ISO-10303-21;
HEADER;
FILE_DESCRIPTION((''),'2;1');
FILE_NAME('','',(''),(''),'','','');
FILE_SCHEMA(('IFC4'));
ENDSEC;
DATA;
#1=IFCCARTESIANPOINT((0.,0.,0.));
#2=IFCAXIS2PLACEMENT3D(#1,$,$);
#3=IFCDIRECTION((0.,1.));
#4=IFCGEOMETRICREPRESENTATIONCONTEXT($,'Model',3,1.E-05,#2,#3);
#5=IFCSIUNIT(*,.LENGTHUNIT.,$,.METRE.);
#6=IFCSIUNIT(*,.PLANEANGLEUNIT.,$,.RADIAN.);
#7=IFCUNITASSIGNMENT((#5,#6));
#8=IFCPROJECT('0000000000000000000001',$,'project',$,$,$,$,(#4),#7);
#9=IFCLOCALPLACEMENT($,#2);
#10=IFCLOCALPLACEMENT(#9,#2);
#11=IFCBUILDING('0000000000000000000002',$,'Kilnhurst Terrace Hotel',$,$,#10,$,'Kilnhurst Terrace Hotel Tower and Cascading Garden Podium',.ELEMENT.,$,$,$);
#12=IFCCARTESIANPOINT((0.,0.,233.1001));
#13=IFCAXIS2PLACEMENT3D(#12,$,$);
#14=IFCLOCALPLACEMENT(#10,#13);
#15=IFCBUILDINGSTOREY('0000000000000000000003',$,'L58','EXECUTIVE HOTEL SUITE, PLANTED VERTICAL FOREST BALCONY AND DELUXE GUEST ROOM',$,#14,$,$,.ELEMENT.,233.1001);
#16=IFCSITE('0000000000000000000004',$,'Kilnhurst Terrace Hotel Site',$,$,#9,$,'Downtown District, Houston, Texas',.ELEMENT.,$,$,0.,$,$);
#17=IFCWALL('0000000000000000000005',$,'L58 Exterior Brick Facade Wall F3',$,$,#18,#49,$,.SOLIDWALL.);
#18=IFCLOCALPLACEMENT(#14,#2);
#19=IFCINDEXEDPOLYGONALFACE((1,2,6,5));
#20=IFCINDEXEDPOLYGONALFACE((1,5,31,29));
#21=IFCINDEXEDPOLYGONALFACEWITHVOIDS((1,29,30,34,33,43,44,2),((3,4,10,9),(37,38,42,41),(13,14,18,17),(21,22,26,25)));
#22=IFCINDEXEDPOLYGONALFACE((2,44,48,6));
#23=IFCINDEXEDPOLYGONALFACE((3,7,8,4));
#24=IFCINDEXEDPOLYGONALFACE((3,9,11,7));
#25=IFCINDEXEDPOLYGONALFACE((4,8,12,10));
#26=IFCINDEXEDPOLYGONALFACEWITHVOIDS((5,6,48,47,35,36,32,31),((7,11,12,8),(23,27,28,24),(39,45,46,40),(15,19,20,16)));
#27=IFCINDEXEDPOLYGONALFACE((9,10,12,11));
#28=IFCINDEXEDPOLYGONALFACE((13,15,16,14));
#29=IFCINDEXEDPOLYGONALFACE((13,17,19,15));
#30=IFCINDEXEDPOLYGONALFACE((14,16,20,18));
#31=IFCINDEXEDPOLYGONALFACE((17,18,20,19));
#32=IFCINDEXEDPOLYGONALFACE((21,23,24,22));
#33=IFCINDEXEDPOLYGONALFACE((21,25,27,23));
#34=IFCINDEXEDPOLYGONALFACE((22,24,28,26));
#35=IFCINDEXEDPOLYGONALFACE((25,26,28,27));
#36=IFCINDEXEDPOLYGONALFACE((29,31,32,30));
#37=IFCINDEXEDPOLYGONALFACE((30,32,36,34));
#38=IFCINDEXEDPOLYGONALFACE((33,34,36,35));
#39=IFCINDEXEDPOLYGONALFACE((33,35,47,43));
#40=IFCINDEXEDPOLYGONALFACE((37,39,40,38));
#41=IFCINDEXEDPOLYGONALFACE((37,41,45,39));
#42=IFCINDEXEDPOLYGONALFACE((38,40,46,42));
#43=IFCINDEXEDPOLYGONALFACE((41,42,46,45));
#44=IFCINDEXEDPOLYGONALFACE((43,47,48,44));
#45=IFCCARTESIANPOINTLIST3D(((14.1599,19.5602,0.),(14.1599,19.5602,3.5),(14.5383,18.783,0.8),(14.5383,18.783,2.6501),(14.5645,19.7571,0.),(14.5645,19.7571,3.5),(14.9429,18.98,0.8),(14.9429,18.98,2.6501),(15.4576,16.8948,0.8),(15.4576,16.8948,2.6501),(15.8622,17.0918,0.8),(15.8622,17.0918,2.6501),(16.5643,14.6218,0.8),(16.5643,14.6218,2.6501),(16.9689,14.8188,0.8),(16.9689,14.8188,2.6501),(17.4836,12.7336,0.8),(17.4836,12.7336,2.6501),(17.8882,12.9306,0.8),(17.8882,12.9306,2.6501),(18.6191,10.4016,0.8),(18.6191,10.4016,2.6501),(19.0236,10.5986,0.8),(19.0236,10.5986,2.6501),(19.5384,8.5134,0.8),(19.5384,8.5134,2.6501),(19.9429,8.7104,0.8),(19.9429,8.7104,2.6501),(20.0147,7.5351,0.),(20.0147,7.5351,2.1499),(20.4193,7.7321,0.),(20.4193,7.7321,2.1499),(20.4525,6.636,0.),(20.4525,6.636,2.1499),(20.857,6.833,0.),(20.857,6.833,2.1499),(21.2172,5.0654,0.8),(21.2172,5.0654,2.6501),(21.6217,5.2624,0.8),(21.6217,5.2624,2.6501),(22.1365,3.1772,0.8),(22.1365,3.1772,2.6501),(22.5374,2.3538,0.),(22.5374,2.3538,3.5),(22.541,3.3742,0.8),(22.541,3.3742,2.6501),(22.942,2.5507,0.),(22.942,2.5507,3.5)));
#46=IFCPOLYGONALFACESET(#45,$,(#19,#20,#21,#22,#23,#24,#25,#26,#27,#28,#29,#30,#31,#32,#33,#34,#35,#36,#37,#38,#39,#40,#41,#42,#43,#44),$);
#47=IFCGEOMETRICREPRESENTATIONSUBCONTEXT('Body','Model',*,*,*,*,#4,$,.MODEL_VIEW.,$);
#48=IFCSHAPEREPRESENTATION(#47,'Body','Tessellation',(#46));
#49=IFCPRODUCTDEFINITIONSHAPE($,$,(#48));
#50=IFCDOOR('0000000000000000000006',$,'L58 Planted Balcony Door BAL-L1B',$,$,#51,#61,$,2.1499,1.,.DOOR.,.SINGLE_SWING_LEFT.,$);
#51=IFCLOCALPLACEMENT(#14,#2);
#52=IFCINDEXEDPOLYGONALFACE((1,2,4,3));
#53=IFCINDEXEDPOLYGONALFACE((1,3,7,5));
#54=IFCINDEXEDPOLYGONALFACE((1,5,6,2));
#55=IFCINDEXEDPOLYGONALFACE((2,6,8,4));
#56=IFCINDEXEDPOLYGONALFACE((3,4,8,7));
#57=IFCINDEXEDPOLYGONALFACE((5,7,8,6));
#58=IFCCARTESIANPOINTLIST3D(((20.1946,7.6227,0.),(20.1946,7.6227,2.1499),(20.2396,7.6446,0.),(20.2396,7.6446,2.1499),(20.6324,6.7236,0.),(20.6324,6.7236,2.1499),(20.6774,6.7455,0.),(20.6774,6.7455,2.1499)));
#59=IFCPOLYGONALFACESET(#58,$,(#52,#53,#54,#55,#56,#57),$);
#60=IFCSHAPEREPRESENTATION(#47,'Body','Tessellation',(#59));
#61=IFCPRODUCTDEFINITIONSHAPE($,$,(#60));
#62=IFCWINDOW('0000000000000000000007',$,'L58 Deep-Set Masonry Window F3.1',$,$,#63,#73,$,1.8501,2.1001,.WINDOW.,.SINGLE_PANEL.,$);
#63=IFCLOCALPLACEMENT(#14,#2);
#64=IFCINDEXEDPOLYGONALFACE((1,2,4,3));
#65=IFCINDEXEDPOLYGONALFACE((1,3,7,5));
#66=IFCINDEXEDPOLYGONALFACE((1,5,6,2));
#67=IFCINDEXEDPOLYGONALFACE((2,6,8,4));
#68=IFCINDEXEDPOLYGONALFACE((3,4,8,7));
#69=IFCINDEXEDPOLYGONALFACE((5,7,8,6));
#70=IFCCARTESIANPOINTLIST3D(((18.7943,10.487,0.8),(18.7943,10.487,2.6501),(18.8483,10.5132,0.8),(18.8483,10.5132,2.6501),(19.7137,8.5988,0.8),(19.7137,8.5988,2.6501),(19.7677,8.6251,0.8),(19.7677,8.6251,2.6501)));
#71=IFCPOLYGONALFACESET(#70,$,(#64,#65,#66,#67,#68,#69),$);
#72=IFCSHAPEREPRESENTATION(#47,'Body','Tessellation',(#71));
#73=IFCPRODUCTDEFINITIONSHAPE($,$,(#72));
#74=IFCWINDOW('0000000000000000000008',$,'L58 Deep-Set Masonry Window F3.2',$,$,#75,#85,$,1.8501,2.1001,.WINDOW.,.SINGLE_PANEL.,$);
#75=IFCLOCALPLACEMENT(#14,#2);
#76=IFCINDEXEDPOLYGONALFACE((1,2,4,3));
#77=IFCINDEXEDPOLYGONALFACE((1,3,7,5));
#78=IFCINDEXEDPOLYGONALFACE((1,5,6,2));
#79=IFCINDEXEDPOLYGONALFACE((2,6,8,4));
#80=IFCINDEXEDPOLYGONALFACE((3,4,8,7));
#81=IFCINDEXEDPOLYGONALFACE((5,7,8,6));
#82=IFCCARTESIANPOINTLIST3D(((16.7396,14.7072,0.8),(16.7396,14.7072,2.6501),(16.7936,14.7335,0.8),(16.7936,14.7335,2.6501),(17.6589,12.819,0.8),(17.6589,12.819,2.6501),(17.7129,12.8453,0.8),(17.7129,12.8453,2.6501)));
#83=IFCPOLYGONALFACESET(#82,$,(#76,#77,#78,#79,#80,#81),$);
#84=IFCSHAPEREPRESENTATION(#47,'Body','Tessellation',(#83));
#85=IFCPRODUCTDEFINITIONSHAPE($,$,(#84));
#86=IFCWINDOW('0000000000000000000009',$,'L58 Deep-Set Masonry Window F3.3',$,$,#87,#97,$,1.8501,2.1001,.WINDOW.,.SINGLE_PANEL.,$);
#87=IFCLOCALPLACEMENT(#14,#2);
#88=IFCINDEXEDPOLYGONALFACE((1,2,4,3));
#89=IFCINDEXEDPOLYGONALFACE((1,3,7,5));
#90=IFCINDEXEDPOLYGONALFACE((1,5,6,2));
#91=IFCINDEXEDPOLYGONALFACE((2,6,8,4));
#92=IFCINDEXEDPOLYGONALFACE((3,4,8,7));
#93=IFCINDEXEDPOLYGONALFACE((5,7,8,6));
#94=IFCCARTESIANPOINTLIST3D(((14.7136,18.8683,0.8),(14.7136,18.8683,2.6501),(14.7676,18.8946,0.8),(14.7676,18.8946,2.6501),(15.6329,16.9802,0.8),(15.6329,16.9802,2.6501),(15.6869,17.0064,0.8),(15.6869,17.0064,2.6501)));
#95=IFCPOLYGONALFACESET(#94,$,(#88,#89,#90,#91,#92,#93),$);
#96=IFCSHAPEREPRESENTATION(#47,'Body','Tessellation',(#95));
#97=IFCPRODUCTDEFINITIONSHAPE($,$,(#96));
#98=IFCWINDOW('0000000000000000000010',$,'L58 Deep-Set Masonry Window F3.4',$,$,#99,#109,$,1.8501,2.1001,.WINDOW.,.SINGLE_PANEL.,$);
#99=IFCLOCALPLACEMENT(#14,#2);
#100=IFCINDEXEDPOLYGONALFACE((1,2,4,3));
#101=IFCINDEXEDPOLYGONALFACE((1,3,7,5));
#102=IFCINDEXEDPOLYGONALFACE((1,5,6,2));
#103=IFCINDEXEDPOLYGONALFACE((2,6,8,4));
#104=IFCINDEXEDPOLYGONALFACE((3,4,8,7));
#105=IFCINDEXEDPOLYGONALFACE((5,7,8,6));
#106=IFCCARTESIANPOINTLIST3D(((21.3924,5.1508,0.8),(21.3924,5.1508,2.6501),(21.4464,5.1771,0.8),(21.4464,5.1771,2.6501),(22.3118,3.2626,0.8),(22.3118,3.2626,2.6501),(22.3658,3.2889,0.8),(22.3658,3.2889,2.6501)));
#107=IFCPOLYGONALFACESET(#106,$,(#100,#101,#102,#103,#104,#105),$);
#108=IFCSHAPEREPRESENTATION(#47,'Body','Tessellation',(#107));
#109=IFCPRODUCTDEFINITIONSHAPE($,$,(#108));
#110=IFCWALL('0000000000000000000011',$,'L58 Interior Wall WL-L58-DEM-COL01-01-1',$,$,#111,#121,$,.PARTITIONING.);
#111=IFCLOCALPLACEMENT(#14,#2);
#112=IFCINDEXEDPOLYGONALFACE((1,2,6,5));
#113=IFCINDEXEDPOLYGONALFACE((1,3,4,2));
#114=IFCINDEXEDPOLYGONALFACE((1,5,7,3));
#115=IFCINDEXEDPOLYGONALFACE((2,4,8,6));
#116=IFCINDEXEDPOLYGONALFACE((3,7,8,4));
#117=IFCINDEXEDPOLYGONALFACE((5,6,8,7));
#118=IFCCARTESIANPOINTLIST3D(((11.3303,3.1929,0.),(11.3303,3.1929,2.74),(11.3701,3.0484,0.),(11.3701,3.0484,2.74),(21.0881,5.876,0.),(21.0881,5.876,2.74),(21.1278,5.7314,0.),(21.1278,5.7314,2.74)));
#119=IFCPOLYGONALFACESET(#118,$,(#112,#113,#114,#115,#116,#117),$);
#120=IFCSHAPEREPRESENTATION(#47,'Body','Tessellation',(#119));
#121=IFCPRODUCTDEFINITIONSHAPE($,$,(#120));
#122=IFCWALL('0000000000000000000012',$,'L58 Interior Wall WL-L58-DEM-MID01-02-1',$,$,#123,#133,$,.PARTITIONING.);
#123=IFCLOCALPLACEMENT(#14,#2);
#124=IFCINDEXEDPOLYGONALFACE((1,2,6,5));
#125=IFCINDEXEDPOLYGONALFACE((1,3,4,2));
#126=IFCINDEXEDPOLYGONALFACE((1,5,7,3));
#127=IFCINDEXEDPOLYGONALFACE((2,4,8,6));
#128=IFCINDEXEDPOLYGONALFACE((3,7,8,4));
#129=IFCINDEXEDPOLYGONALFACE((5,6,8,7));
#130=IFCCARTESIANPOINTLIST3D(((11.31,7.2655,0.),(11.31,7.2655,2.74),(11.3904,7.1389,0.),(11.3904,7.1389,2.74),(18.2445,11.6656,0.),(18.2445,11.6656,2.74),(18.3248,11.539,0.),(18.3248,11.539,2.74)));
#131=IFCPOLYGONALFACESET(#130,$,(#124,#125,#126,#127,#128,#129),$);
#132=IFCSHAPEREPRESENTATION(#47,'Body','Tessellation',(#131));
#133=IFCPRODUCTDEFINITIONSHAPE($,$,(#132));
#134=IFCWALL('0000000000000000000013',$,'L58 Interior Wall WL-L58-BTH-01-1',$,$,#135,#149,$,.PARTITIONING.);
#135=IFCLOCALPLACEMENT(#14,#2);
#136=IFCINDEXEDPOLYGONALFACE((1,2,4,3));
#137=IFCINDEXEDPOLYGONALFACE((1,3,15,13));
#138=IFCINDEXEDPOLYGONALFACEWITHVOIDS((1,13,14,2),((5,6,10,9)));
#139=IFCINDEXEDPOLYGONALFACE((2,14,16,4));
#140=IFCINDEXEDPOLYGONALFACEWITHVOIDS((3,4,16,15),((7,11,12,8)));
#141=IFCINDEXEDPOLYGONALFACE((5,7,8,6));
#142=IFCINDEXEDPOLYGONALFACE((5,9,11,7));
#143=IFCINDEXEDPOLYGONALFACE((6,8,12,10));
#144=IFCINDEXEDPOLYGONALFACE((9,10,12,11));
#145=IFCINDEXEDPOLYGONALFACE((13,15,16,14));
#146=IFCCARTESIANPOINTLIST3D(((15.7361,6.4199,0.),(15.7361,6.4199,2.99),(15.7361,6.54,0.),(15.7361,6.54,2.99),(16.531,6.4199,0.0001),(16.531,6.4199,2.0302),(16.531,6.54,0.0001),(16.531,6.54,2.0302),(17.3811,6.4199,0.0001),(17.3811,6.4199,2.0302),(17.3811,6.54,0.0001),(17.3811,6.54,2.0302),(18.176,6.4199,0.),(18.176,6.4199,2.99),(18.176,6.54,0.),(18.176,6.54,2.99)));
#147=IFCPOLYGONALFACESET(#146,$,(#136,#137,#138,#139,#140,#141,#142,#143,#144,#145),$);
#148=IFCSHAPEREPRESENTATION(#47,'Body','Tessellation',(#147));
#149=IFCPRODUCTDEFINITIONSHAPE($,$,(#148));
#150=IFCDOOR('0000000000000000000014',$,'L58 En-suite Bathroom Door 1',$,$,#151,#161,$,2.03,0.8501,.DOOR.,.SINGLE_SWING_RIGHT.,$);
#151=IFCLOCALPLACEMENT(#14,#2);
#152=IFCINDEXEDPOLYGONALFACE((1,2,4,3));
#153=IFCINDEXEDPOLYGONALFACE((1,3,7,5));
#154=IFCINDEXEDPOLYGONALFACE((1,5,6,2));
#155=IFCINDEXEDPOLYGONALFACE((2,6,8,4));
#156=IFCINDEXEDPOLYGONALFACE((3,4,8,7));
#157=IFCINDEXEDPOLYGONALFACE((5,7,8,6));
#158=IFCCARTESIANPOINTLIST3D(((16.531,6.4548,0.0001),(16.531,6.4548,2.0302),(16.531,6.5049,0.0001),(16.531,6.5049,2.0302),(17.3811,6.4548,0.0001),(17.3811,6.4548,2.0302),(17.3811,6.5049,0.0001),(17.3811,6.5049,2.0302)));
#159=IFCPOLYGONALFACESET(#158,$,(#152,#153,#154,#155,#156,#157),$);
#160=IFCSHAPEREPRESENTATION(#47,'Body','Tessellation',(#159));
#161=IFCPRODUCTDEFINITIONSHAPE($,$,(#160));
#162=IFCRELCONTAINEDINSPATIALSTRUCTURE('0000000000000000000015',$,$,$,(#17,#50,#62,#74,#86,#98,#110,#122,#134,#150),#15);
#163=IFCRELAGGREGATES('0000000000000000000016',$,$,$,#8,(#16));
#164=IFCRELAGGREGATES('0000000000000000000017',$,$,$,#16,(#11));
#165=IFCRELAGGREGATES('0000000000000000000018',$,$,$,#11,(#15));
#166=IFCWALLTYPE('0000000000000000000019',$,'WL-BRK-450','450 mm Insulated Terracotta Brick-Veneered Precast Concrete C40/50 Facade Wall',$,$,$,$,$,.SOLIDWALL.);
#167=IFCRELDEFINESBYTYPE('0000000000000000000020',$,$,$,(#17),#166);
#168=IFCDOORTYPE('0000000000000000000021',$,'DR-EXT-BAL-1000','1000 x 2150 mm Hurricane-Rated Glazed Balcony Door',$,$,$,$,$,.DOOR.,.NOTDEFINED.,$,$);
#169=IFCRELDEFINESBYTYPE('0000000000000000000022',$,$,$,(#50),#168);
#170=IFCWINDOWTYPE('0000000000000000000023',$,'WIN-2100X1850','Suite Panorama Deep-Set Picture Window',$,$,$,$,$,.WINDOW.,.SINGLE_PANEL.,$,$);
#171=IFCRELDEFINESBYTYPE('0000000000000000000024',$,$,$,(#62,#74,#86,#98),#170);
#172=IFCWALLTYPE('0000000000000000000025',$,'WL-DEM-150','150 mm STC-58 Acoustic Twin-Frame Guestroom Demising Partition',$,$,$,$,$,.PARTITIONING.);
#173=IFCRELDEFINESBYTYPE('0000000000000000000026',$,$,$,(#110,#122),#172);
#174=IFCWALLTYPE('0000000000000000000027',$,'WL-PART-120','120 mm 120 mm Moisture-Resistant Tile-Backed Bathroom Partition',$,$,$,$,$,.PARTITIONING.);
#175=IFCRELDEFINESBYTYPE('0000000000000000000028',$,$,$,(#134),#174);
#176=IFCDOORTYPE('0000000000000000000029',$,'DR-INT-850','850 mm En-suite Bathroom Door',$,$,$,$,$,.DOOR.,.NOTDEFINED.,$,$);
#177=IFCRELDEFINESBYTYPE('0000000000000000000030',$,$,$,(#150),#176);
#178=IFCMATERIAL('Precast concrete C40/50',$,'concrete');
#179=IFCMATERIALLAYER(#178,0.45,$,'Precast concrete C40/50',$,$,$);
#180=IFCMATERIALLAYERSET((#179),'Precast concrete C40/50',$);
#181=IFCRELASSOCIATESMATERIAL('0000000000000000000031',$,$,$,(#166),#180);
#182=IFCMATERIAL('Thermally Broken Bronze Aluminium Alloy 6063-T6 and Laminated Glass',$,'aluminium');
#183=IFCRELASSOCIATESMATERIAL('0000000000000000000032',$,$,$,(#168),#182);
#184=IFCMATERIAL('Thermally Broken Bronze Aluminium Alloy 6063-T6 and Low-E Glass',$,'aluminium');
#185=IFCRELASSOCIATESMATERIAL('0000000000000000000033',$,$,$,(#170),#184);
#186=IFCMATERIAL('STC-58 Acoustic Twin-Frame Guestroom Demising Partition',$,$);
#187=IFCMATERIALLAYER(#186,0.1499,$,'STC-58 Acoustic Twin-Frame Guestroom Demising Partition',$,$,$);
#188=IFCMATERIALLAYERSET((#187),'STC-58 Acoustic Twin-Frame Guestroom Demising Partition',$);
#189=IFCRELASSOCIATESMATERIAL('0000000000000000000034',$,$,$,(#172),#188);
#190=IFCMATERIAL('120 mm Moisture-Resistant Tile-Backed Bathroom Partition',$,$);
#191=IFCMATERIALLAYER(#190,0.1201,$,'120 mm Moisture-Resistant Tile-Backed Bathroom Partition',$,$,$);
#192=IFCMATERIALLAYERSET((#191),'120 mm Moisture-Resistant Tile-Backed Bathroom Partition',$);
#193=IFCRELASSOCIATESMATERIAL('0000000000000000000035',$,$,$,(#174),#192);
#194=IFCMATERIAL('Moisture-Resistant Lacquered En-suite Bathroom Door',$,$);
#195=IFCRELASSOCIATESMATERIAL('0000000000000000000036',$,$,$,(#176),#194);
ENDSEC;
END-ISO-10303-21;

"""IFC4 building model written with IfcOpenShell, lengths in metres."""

from ifc_helpers import new_model, si_unit, direction, frame, frame_2d, origin, place, context, subcontext, project, spatial, rectangle, extrude, material, layer, layer_set, type_object, element, fill, save


model = new_model("IFC4")

# Units and contexts
model_context = context("Model", 3, precision=1e-05, world=origin(), true_north=direction((0.0, 1.0)))
body_context = subcontext(model_context, "Body", "Model", "MODEL_VIEW")
ifc_project = project(units=[si_unit("LENGTHUNIT", "METRE"), si_unit("PLANEANGLEUNIT", "RADIAN")], contexts=[model_context])

# Site, building, storey
site_placement = place(None, origin())
site = spatial("IfcSite", under=ifc_project, at=site_placement, Name="Kilnhurst Terrace Hotel Site", LongName="Downtown District, Houston, Texas", CompositionType="ELEMENT", RefElevation=0.0)
building_placement = place(site_placement, origin())
building = spatial("IfcBuilding", under=site, at=building_placement, Name="Kilnhurst Terrace Hotel", LongName="Kilnhurst Terrace Hotel Tower and Cascading Garden Podium", CompositionType="ELEMENT")
storey_placement = place(building_placement, frame((0.0, 0.0, 233.1001)))
storey = spatial("IfcBuildingStorey", under=building, at=storey_placement, Name="L58", Description="EXECUTIVE HOTEL SUITE, PLANTED VERTICAL FOREST BALCONY AND DELUXE GUEST ROOM", CompositionType="ELEMENT", Elevation=233.1001)

# Shared definitions
ifc_material_1 = material(Name="Precast concrete C40/50", Category="concrete")
ifc_layer_1 = layer(ifc_material_1, 0.45, Name="Precast concrete C40/50")
ifc_layer_set_1 = layer_set([ifc_layer_1], Name="Precast concrete C40/50")
wall_type_1 = type_object("IfcWallType", Name="WL-BRK-450", Description="450 mm Insulated Terracotta Brick-Veneered Precast Concrete C40/50 Facade Wall", PredefinedType="SOLIDWALL", material=ifc_layer_set_1)

# Wall, openings, door, windows
wall_1_placement = place(storey_placement, frame((22.7397, 2.4521, 0.0), z_axis=(0.0, 0.0, 1.0), x_axis=(-0.437753, 0.899095, 0.0)))
wall_1 = element("IfcWall", 1, at=wall_1_placement, inside=storey, type_object=wall_type_1, Name="L58 Exterior Brick Facade Wall F3", PredefinedType="SOLIDWALL", context=body_context, shape_type="SweptSolid", body=[
    extrude(rectangle(XDim=19.1375, YDim=0.45, at=frame_2d((9.5688, 0.0))), origin(), (0.0, 0.0, 1.0), 3.5),
])
opening_1_placement = place(wall_1_placement, frame((4.7629, 0.0, 0.0)))
opening_1 = element("IfcOpeningElement", 2, at=opening_1_placement, cuts=wall_1, PredefinedType="OPENING", context=body_context, shape_type="SweptSolid", body=[
    extrude(rectangle(XDim=1.0, YDim=2.1499, at=frame_2d((0.5, 1.075))), frame((0.0, 0.2349, 0.0), z_axis=(0.0, -1.0, 0.0), x_axis=(1.0, 0.0, 0.0)), (0.0, 0.0, 1.0), 0.47),
])
opening_2_placement = place(wall_1_placement, frame((6.8511, 0.0, 0.8)))
opening_2 = element("IfcOpeningElement", 3, at=opening_2_placement, cuts=wall_1, PredefinedType="OPENING", context=body_context, shape_type="SweptSolid", body=[
    extrude(rectangle(XDim=2.1001, YDim=1.8501, at=frame_2d((1.05, 0.925))), frame((0.0, 0.2349, 0.0), z_axis=(0.0, -1.0, 0.0), x_axis=(1.0, 0.0, 0.0)), (0.0, 0.0, 1.0), 0.47),
])
opening_3_placement = place(wall_1_placement, frame((11.5449, 0.0, 0.8)))
opening_3 = element("IfcOpeningElement", 4, at=opening_3_placement, cuts=wall_1, PredefinedType="OPENING", context=body_context, shape_type="SweptSolid", body=[
    extrude(rectangle(XDim=2.1001, YDim=1.8501, at=frame_2d((1.05, 0.925))), frame((0.0, 0.2349, 0.0), z_axis=(0.0, -1.0, 0.0), x_axis=(1.0, 0.0, 0.0)), (0.0, 0.0, 1.0), 0.47),
])
opening_4_placement = place(wall_1_placement, frame((16.1731, 0.0, 0.8)))
opening_4 = element("IfcOpeningElement", 5, at=opening_4_placement, cuts=wall_1, PredefinedType="OPENING", context=body_context, shape_type="SweptSolid", body=[
    extrude(rectangle(XDim=2.1001, YDim=1.8501, at=frame_2d((1.05, 0.925))), frame((0.0, 0.2349, 0.0), z_axis=(0.0, -1.0, 0.0), x_axis=(1.0, 0.0, 0.0)), (0.0, 0.0, 1.0), 0.47),
])
opening_5_placement = place(wall_1_placement, frame((0.916, 0.0, 0.8)))
opening_5 = element("IfcOpeningElement", 6, at=opening_5_placement, cuts=wall_1, PredefinedType="OPENING", context=body_context, shape_type="SweptSolid", body=[
    extrude(rectangle(XDim=2.1001, YDim=1.8501, at=frame_2d((1.05, 0.925))), frame((0.0, 0.2349, 0.0), z_axis=(0.0, -1.0, 0.0), x_axis=(1.0, 0.0, 0.0)), (0.0, 0.0, 1.0), 0.47),
])
ifc_material_2 = material(Name="Thermally Broken Bronze Aluminium Alloy 6063-T6 and Laminated Glass", Category="aluminium")
door_type_1 = type_object("IfcDoorType", Name="DR-EXT-BAL-1000", Description="1000 x 2150 mm Hurricane-Rated Glazed Balcony Door", OperationType="NOTDEFINED", PredefinedType="DOOR", material=ifc_material_2)
door_1_placement = place(opening_1_placement, origin())
door_1 = element("IfcDoor", 7, at=door_1_placement, inside=storey, type_object=door_type_1, Name="L58 Planted Balcony Door BAL-L1B", OperationType="SINGLE_SWING_LEFT", OverallHeight=2.1499, OverallWidth=1.0, PredefinedType="DOOR", context=body_context, shape_type="SweptSolid", body=[
    extrude(rectangle(XDim=1.0, YDim=2.1499, at=frame_2d((0.5, 1.075))), frame((0.0, 0.0249, 0.0), z_axis=(0.0, -1.0, 0.0), x_axis=(1.0, 0.0, 0.0)), (0.0, 0.0, 1.0), 0.05),
])
fill(opening_1, door_1)
ifc_material_3 = material(Name="Thermally Broken Bronze Aluminium Alloy 6063-T6 and Low-E Glass", Category="aluminium")
window_type = type_object("IfcWindowType", Name="WIN-2100X1850", Description="Suite Panorama Deep-Set Picture Window", PartitioningType="SINGLE_PANEL", PredefinedType="WINDOW", material=ifc_material_3)
window_1_placement = place(opening_2_placement, origin())
window_1 = element("IfcWindow", 8, at=window_1_placement, inside=storey, type_object=window_type, Name="L58 Deep-Set Masonry Window F3.1", OverallHeight=1.8501, OverallWidth=2.1001, PartitioningType="SINGLE_PANEL", PredefinedType="WINDOW", context=body_context, shape_type="SweptSolid", body=[
    extrude(rectangle(XDim=2.1001, YDim=1.8501, at=frame_2d((1.05, 0.925))), frame((0.0, 0.03, 0.0), z_axis=(0.0, -1.0, 0.0), x_axis=(1.0, 0.0, 0.0)), (0.0, 0.0, 1.0), 0.0601),
])
fill(opening_2, window_1)
window_2_placement = place(opening_3_placement, origin())
window_2 = element("IfcWindow", 9, at=window_2_placement, inside=storey, type_object=window_type, Name="L58 Deep-Set Masonry Window F3.2", OverallHeight=1.8501, OverallWidth=2.1001, PartitioningType="SINGLE_PANEL", PredefinedType="WINDOW", context=body_context, shape_type="SweptSolid", body=[
    extrude(rectangle(XDim=2.1001, YDim=1.8501, at=frame_2d((1.05, 0.925))), frame((0.0, 0.03, 0.0), z_axis=(0.0, -1.0, 0.0), x_axis=(1.0, 0.0, 0.0)), (0.0, 0.0, 1.0), 0.0601),
])
fill(opening_3, window_2)
window_3_placement = place(opening_4_placement, origin())
window_3 = element("IfcWindow", 10, at=window_3_placement, inside=storey, type_object=window_type, Name="L58 Deep-Set Masonry Window F3.3", OverallHeight=1.8501, OverallWidth=2.1001, PartitioningType="SINGLE_PANEL", PredefinedType="WINDOW", context=body_context, shape_type="SweptSolid", body=[
    extrude(rectangle(XDim=2.1001, YDim=1.8501, at=frame_2d((1.05, 0.925))), frame((0.0, 0.03, 0.0), z_axis=(0.0, -1.0, 0.0), x_axis=(1.0, 0.0, 0.0)), (0.0, 0.0, 1.0), 0.0601),
])
fill(opening_4, window_3)
window_4_placement = place(opening_5_placement, origin())
window_4 = element("IfcWindow", 11, at=window_4_placement, inside=storey, type_object=window_type, Name="L58 Deep-Set Masonry Window F3.4", OverallHeight=1.8501, OverallWidth=2.1001, PartitioningType="SINGLE_PANEL", PredefinedType="WINDOW", context=body_context, shape_type="SweptSolid", body=[
    extrude(rectangle(XDim=2.1001, YDim=1.8501, at=frame_2d((1.05, 0.925))), frame((0.0, 0.03, 0.0), z_axis=(0.0, -1.0, 0.0), x_axis=(1.0, 0.0, 0.0)), (0.0, 0.0, 1.0), 0.0601),
])
fill(opening_5, window_4)

# Walls
ifc_material_4 = material(Name="STC-58 Acoustic Twin-Frame Guestroom Demising Partition")
ifc_layer_2 = layer(ifc_material_4, 0.1499, Name="STC-58 Acoustic Twin-Frame Guestroom Demising Partition")
ifc_layer_set_2 = layer_set([ifc_layer_2], Name="STC-58 Acoustic Twin-Frame Guestroom Demising Partition")
wall_type_2 = type_object("IfcWallType", Name="WL-DEM-150", Description="150 mm STC-58 Acoustic Twin-Frame Guestroom Demising Partition", PredefinedType="PARTITIONING", material=ifc_layer_set_2)
wall_2_placement = place(storey_placement, frame((11.3501, 3.1206, 0.0), z_axis=(0.0, 0.0, 1.0), x_axis=(0.964213, 0.26513, 0.0)))
element("IfcWall", 12, at=wall_2_placement, inside=storey, type_object=wall_type_2, Name="L58 Interior Wall WL-L58-DEM-COL01-01-1", PredefinedType="PARTITIONING", context=body_context, shape_type="SweptSolid", body=[
    extrude(rectangle(XDim=10.1199, YDim=0.1499, at=frame_2d((5.0601, 0.0))), origin(), (0.0, 0.0, 1.0), 2.74),
])
wall_3_placement = place(storey_placement, frame((11.3501, 7.2021, 0.0), z_axis=(0.0, 0.0, 1.0), x_axis=(0.844365, 0.535769, 0.0)))
element("IfcWall", 13, at=wall_3_placement, inside=storey, type_object=wall_type_2, Name="L58 Interior Wall WL-L58-DEM-MID01-02-1", PredefinedType="PARTITIONING", context=body_context, shape_type="SweptSolid", body=[
    extrude(rectangle(XDim=8.2126, YDim=0.1499, at=frame_2d((4.1064, 0.0))), origin(), (0.0, 0.0, 1.0), 2.74),
])

# Wall, opening, door
ifc_material_5 = material(Name="120 mm Moisture-Resistant Tile-Backed Bathroom Partition")
ifc_layer_3 = layer(ifc_material_5, 0.1201, Name="120 mm Moisture-Resistant Tile-Backed Bathroom Partition")
ifc_layer_set_3 = layer_set([ifc_layer_3], Name="120 mm Moisture-Resistant Tile-Backed Bathroom Partition")
wall_type_3 = type_object("IfcWallType", Name="WL-PART-120", Description="120 mm 120 mm Moisture-Resistant Tile-Backed Bathroom Partition", PredefinedType="PARTITIONING", material=ifc_layer_set_3)
wall_4_placement = place(storey_placement, frame((15.7361, 6.48, 0.0), z_axis=(0.0, 0.0, 1.0), x_axis=(1.0, 0.0, 0.0)))
wall_4 = element("IfcWall", 14, at=wall_4_placement, inside=storey, type_object=wall_type_3, Name="L58 Interior Wall WL-L58-BTH-01-1", PredefinedType="PARTITIONING", context=body_context, shape_type="SweptSolid", body=[
    extrude(rectangle(XDim=2.4399, YDim=0.1201, at=frame_2d((1.22, 0.0))), origin(), (0.0, 0.0, 1.0), 2.99),
])
opening_6_placement = place(wall_4_placement, frame((0.7949, 0.0, 0.0)))
opening_6 = element("IfcOpeningElement", 15, at=opening_6_placement, cuts=wall_4, PredefinedType="OPENING", context=body_context, shape_type="SweptSolid", body=[
    extrude(rectangle(XDim=0.8501, YDim=2.03, at=frame_2d((0.425, 1.0151))), frame((0.0, 0.0701, 0.0), z_axis=(0.0, -1.0, 0.0), x_axis=(1.0, 0.0, 0.0)), (0.0, 0.0, 1.0), 0.1401),
])
ifc_material_6 = material(Name="Moisture-Resistant Lacquered En-suite Bathroom Door")
door_type_2 = type_object("IfcDoorType", Name="DR-INT-850", Description="850 mm En-suite Bathroom Door", OperationType="NOTDEFINED", PredefinedType="DOOR", material=ifc_material_6)
door_2_placement = place(opening_6_placement, origin())
door_2 = element("IfcDoor", 16, at=door_2_placement, inside=storey, type_object=door_type_2, Name="L58 En-suite Bathroom Door 1", OperationType="SINGLE_SWING_RIGHT", OverallHeight=2.03, OverallWidth=0.8501, PredefinedType="DOOR", context=body_context, shape_type="SweptSolid", body=[
    extrude(rectangle(XDim=0.8501, YDim=2.03, at=frame_2d((0.425, 1.0151))), frame((0.0, 0.0249, 0.0), z_axis=(0.0, -1.0, 0.0), x_axis=(1.0, 0.0, 0.0)), (0.0, 0.0, 1.0), 0.05),
])
fill(opening_6, door_2)

save(model, "model.ifc")
